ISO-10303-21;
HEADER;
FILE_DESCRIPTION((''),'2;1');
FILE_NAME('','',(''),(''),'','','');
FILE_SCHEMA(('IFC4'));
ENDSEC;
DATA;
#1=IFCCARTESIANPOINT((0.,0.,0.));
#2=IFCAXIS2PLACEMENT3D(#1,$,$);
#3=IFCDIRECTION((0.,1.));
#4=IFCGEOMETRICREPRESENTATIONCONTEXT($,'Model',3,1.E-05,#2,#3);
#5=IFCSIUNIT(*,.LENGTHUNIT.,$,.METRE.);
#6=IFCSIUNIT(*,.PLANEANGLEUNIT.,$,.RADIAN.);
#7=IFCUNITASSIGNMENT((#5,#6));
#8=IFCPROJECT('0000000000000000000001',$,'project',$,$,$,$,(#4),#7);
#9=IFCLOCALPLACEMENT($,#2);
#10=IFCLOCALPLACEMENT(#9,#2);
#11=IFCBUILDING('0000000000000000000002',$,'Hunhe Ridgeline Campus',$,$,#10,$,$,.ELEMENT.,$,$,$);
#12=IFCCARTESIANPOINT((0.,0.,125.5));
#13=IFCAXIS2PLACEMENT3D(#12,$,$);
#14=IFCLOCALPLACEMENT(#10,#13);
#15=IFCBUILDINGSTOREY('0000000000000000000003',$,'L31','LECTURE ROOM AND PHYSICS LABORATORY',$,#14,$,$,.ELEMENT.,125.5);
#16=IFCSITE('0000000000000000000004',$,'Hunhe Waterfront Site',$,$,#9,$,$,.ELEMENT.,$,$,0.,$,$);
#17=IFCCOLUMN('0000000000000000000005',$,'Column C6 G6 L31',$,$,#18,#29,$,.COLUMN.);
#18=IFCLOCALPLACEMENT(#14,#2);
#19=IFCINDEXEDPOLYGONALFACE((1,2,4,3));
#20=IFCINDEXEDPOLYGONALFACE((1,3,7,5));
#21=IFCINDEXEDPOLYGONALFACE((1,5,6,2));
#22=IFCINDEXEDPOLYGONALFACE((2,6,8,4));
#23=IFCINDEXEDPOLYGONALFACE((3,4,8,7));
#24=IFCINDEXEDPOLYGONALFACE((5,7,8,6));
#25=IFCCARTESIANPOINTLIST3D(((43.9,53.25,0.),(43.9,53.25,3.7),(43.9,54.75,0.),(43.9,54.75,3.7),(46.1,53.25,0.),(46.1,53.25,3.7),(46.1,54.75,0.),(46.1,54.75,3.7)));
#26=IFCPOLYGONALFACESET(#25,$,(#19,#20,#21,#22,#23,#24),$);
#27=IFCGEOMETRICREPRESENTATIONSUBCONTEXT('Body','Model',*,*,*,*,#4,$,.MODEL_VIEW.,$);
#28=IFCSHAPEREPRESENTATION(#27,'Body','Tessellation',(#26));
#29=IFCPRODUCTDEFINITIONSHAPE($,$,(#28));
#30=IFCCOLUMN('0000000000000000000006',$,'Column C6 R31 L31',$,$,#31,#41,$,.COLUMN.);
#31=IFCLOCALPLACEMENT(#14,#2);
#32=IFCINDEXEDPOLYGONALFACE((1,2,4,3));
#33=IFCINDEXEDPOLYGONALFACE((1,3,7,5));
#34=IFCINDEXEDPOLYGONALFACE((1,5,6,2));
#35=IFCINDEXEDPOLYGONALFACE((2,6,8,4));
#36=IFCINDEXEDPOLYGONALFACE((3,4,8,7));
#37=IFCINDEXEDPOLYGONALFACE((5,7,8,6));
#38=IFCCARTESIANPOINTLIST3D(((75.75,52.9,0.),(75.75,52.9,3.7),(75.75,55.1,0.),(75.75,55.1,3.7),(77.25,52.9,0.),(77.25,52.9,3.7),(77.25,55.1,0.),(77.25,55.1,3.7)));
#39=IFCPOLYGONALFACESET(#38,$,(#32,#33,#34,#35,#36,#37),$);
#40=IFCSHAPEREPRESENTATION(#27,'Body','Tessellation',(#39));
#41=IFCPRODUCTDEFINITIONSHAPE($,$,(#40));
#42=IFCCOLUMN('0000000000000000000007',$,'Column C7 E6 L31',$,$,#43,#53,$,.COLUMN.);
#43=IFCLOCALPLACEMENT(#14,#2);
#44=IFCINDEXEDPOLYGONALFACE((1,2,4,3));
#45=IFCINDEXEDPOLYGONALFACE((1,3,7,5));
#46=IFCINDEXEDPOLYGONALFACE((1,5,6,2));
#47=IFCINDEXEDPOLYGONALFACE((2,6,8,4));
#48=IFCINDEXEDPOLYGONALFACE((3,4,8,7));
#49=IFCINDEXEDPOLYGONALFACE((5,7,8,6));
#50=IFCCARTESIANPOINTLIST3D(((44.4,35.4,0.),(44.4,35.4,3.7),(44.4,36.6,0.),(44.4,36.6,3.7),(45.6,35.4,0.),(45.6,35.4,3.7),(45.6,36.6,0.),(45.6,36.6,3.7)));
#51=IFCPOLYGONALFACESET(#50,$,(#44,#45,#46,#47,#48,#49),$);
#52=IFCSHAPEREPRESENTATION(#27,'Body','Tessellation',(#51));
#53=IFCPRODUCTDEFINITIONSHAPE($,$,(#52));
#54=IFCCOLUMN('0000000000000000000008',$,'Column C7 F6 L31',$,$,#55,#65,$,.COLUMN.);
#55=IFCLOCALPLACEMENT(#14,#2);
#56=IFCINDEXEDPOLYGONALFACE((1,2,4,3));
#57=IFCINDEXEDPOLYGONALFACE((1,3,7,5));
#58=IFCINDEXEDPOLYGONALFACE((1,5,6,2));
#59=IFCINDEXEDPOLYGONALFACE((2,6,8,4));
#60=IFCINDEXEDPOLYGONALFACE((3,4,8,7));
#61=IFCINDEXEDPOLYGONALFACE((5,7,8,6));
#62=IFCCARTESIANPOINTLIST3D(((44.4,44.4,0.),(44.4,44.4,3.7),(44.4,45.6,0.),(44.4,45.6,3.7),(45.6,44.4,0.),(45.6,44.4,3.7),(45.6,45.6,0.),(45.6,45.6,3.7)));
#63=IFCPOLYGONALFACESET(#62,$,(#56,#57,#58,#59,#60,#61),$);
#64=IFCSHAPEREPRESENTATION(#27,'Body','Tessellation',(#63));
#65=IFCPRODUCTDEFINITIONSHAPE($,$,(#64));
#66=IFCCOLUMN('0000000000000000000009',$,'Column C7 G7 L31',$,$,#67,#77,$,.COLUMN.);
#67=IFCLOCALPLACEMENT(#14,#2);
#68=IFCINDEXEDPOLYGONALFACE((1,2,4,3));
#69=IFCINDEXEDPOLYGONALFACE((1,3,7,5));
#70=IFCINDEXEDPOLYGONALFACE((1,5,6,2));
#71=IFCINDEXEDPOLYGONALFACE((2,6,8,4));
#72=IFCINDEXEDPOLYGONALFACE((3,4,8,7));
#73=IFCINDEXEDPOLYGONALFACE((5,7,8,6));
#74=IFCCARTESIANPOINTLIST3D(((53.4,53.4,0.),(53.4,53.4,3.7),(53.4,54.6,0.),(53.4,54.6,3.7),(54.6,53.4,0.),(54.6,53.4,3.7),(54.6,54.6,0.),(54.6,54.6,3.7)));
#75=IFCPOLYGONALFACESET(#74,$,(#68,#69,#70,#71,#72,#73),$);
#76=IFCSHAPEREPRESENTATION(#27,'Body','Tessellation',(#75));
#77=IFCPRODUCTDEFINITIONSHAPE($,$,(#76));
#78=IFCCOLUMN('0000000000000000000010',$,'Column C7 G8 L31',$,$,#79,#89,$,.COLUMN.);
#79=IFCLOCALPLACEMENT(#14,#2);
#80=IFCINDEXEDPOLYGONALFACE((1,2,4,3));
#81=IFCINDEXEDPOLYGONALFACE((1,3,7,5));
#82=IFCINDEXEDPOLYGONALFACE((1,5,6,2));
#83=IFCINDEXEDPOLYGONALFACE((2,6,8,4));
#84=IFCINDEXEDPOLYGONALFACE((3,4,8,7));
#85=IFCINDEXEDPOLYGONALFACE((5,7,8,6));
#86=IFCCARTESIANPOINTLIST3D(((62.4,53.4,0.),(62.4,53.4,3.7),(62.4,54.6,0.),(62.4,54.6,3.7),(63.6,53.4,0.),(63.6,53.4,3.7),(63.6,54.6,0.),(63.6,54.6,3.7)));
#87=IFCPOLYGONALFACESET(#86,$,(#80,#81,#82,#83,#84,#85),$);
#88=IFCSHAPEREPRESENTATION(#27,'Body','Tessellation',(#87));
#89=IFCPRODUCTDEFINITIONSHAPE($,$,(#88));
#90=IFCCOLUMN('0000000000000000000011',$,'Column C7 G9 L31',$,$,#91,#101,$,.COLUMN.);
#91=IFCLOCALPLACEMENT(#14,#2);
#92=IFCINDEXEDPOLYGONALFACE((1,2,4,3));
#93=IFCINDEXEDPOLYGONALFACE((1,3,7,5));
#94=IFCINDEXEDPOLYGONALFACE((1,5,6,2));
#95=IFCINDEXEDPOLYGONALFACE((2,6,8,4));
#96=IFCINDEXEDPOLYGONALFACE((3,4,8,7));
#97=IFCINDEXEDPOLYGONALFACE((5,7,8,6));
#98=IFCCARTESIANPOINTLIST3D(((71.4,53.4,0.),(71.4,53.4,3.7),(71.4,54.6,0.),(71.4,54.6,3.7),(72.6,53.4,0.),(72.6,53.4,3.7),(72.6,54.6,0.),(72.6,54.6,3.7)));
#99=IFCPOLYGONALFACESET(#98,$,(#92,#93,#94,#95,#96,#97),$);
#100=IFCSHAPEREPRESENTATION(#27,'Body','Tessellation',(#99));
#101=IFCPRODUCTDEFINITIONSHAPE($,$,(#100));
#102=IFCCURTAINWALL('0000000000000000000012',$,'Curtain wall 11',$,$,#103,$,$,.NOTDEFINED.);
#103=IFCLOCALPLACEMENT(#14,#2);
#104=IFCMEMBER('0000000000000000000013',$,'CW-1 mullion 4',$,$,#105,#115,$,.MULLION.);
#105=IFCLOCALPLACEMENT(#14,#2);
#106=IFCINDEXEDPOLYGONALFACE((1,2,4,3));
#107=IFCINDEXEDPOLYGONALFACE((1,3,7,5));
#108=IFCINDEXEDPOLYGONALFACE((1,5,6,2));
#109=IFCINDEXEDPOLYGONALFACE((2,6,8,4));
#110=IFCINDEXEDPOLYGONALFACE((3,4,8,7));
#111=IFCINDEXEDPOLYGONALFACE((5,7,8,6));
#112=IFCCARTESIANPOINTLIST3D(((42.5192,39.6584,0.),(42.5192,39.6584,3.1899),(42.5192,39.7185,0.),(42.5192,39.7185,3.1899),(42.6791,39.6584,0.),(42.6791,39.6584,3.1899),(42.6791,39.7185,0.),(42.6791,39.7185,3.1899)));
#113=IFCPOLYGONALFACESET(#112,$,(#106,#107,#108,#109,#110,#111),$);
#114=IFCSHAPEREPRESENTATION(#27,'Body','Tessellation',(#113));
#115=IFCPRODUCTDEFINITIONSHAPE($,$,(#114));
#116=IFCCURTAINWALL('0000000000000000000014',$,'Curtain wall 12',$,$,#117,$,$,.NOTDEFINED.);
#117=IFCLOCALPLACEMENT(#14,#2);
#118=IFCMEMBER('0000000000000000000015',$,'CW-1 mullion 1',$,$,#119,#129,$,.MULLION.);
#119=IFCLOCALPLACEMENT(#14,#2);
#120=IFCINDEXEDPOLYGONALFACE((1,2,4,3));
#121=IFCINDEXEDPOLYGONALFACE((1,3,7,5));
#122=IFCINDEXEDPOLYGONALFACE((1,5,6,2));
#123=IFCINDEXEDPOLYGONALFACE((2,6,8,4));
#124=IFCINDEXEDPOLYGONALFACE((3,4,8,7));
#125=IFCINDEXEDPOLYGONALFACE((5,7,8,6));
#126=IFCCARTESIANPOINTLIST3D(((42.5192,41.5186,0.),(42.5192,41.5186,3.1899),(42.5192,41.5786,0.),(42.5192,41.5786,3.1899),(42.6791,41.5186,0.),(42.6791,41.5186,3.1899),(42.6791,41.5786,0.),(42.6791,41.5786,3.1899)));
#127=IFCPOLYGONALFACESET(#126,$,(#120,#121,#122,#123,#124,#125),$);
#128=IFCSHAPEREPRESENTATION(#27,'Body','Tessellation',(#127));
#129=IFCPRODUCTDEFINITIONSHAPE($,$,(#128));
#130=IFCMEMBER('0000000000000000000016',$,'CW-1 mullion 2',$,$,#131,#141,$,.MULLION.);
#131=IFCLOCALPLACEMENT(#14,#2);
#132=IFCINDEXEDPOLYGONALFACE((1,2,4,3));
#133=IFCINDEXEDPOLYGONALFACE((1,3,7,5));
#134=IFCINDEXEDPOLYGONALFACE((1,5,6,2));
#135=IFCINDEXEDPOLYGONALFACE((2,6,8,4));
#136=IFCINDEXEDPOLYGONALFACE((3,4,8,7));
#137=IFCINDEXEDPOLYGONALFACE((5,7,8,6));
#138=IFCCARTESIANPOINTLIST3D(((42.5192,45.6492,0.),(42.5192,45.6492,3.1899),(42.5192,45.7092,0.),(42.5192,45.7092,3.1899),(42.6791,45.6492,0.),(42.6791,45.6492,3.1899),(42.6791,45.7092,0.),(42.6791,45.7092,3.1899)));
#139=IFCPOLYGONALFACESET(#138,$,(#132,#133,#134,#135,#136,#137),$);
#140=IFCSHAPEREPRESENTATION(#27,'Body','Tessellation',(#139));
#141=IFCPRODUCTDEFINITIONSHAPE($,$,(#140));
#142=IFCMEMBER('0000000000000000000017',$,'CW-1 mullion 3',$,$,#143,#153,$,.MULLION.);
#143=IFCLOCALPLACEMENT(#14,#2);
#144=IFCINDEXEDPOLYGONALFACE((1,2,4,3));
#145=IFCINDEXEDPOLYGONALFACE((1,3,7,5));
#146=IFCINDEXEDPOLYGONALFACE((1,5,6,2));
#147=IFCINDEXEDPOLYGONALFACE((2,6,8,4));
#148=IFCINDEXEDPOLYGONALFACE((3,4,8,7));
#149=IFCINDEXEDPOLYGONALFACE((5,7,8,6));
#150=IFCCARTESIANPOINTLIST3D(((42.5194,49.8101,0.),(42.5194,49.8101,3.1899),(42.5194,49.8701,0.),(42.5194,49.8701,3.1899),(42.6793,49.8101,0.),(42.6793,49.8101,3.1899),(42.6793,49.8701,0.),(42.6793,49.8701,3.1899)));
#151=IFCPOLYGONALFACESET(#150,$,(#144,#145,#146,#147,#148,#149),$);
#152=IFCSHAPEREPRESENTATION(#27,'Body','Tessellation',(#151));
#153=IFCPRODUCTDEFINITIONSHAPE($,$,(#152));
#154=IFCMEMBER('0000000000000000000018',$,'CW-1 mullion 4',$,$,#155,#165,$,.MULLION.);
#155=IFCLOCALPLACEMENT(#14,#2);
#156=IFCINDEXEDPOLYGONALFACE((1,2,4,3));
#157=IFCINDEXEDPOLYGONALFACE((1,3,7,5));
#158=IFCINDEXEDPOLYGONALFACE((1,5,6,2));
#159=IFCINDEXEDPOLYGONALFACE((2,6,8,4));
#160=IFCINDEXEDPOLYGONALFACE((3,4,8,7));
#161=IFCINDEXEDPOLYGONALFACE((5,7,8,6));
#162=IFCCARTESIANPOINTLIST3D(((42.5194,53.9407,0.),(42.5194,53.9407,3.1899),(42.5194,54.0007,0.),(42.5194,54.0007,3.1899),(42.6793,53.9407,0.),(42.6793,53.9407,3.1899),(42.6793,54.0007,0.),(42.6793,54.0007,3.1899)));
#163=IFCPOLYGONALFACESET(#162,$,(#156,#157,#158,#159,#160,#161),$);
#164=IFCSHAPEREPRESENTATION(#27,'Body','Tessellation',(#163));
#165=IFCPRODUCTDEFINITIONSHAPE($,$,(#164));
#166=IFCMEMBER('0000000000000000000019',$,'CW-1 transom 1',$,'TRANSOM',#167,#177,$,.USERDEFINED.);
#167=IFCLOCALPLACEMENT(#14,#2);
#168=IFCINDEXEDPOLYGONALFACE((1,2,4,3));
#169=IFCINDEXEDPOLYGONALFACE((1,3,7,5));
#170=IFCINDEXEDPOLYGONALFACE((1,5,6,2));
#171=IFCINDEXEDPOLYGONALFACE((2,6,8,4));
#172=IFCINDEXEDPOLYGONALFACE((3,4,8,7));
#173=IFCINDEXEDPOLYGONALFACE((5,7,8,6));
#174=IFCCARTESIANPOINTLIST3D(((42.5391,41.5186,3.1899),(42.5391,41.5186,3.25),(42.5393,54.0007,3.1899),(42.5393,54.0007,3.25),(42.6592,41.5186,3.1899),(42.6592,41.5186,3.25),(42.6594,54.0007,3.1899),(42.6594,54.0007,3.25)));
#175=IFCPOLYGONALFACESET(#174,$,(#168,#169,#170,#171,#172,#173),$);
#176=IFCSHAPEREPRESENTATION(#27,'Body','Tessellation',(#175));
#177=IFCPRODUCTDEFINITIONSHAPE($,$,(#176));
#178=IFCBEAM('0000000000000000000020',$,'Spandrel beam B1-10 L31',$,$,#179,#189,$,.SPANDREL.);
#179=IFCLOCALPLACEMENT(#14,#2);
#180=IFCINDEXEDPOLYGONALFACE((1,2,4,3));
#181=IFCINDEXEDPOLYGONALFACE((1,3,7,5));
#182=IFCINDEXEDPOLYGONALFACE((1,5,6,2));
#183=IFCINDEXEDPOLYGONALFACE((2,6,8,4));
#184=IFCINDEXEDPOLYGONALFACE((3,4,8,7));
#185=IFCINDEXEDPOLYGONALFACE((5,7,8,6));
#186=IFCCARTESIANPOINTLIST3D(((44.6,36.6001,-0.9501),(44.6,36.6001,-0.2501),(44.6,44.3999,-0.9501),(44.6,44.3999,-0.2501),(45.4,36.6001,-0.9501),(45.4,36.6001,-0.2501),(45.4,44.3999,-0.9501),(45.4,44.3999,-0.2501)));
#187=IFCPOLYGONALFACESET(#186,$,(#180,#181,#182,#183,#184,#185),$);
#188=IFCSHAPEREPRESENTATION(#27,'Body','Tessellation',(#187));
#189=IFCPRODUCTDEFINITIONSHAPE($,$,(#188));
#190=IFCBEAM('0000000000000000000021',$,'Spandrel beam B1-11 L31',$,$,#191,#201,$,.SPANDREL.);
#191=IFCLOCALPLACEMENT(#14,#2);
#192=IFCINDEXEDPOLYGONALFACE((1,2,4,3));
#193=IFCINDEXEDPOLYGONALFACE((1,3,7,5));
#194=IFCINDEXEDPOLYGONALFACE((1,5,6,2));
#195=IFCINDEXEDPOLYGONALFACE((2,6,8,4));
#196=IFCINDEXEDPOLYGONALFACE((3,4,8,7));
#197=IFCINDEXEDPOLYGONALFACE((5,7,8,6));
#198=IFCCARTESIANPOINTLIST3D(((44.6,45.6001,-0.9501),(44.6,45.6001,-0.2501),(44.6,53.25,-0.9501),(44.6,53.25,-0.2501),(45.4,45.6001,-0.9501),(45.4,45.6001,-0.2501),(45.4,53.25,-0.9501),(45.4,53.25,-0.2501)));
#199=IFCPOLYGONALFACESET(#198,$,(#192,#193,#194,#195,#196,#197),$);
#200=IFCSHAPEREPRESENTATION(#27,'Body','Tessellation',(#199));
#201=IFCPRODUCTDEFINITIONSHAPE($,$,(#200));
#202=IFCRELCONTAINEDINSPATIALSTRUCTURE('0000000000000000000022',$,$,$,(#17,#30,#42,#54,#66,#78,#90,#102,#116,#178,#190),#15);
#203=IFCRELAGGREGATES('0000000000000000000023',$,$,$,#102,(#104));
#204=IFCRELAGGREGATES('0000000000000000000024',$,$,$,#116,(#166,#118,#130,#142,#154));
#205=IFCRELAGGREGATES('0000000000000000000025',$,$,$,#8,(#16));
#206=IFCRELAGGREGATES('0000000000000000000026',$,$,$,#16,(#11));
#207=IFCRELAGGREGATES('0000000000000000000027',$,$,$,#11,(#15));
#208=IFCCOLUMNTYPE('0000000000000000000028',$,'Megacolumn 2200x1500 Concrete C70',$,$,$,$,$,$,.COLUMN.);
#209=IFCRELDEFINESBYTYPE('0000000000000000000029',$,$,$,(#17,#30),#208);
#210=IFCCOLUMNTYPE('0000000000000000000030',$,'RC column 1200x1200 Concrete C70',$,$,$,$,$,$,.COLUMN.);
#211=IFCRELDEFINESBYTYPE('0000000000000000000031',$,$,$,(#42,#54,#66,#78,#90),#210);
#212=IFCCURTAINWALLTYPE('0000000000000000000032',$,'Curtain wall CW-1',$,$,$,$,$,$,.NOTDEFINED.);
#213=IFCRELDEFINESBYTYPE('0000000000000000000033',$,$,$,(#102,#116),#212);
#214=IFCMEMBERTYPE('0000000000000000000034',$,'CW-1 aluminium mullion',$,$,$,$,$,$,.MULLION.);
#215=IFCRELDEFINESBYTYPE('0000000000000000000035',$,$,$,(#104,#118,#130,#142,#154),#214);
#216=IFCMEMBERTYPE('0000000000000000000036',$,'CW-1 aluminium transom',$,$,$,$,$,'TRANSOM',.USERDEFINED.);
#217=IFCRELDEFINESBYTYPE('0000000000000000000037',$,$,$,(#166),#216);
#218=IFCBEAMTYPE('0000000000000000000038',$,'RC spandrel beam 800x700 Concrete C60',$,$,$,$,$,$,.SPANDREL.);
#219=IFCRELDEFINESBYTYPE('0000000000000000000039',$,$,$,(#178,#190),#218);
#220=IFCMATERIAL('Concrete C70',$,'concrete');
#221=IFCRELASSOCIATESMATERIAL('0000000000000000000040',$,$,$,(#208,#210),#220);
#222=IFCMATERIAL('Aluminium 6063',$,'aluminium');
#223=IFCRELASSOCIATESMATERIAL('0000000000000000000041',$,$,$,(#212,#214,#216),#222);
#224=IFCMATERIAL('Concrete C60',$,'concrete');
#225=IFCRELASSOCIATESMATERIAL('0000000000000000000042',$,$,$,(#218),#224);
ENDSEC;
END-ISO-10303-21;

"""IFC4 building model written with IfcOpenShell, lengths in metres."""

from ifc_helpers import new_model, si_unit, direction, frame, origin, origin_2d, place, context, subcontext, project, spatial, rectangle, extrude, material, material_profile, profile_set, type_object, element, aggregate, save


model = new_model("IFC4")

# Units and contexts
model_context = context("Model", 3, precision=1e-05, world=origin(), true_north=direction((0.0, 1.0)))
body_context = subcontext(model_context, "Body", "Model", "MODEL_VIEW")
ifc_project = project(units=[si_unit("LENGTHUNIT", "METRE"), si_unit("PLANEANGLEUNIT", "RADIAN")], contexts=[model_context])

# Site, building, storey
site_placement = place(None, origin())
site = spatial("IfcSite", under=ifc_project, at=site_placement, Name="Hunhe Waterfront Site", CompositionType="ELEMENT", RefElevation=0.0)
building_placement = place(site_placement, origin())
building = spatial("IfcBuilding", under=site, at=building_placement, Name="Hunhe Ridgeline Campus", CompositionType="ELEMENT")
storey_placement = place(building_placement, frame((0.0, 0.0, 125.5)))
storey = spatial("IfcBuildingStorey", under=building, at=storey_placement, Name="L31", Description="LECTURE ROOM AND PHYSICS LABORATORY", CompositionType="ELEMENT", Elevation=125.5)

# Columns
ifc_material_1 = material(Name="Concrete C70", Category="concrete")
ifc_material_profile_1 = material_profile(ifc_material_1, rectangle(XDim=2.2, YDim=1.5, at=origin_2d()))
ifc_profile_set_1 = profile_set([ifc_material_profile_1], Name="Concrete C70")
column_type_1 = type_object("IfcColumnType", Name="Megacolumn 2200x1500 Concrete C70", PredefinedType="COLUMN", material=ifc_profile_set_1)
for number, where, z_axis, x_axis, name in (
    (1, (45.0, 54.0, 0.0), (0.0, 0.0, 1.0), (1.0, 0.0, 0.0), "Column C6 G6 L31"),
    (2, (76.5, 54.0, 0.0), (0.0, 0.0, 1.0), (0.0, 1.0, 0.0), "Column C6 R31 L31"),
):
    element("IfcColumn", number, at=place(storey_placement, frame(where, z_axis=z_axis, x_axis=x_axis)), inside=storey, type_object=column_type_1, Name=name, PredefinedType="COLUMN", context=body_context, shape_type="SweptSolid", body=[
        extrude(rectangle(XDim=2.2, YDim=1.5, at=origin_2d()), origin(), (0.0, 0.0, 1.0), 3.7),
    ])
ifc_material_profile_2 = material_profile(ifc_material_1, rectangle(XDim=1.2, YDim=1.2, at=origin_2d()))
ifc_profile_set_2 = profile_set([ifc_material_profile_2], Name="Concrete C70")
column_type_2 = type_object("IfcColumnType", Name="RC column 1200x1200 Concrete C70", PredefinedType="COLUMN", material=ifc_profile_set_2)
for number, where, z_axis, x_axis, name in (
    (3, (45.0, 36.0, 0.0), (0.0, 0.0, 1.0), (1.0, 0.0, 0.0), "Column C7 E6 L31"),
    (4, (45.0, 45.0, 0.0), (0.0, 0.0, 1.0), (1.0, 0.0, 0.0), "Column C7 F6 L31"),
    (5, (54.0, 54.0, 0.0), (0.0, 0.0, 1.0), (1.0, 0.0, 0.0), "Column C7 G7 L31"),
    (6, (63.0, 54.0, 0.0), (0.0, 0.0, 1.0), (1.0, 0.0, 0.0), "Column C7 G8 L31"),
    (7, (72.0, 54.0, 0.0), (0.0, 0.0, 1.0), (1.0, 0.0, 0.0), "Column C7 G9 L31"),
):
    element("IfcColumn", number, at=place(storey_placement, frame(where, z_axis=z_axis, x_axis=x_axis)), inside=storey, type_object=column_type_2, Name=name, PredefinedType="COLUMN", context=body_context, shape_type="SweptSolid", body=[
        extrude(rectangle(XDim=1.2, YDim=1.2, at=origin_2d()), origin(), (0.0, 0.0, 1.0), 3.7),
    ])

# Curtain wall, member
ifc_material_2 = material(Name="Aluminium 6063", Category="aluminium")
curtain_wall_type = type_object("IfcCurtainWallType", Name="Curtain wall CW-1", PredefinedType="NOTDEFINED", material=ifc_material_2)
curtain_wall_1_placement = place(storey_placement, origin())
curtain_wall_1 = element("IfcCurtainWall", 8, at=curtain_wall_1_placement, inside=storey, type_object=curtain_wall_type, Name="Curtain wall 11", PredefinedType="NOTDEFINED")
ifc_material_profile_3 = material_profile(ifc_material_2, rectangle(XDim=0.1599, YDim=0.0601, at=origin_2d()))
ifc_profile_set_3 = profile_set([ifc_material_profile_3], Name="Aluminium 6063")
member_type_1 = type_object("IfcMemberType", Name="CW-1 aluminium mullion", PredefinedType="MULLION", material=ifc_profile_set_3)
member_1_placement = place(storey_placement, frame((42.5991, 39.6885, 0.0), z_axis=(0.0, 0.0, 1.0), x_axis=(-1.0, 0.000011, 0.0)))
member_1 = element("IfcMember", 9, at=member_1_placement, type_object=member_type_1, Name="CW-1 mullion 4", PredefinedType="MULLION", context=body_context, shape_type="SweptSolid", body=[
    extrude(rectangle(XDim=0.1599, YDim=0.0601, at=origin_2d()), origin(), (0.0, 0.0, 1.0), 3.1899),
])

# Curtain wall, members
curtain_wall_2_placement = place(storey_placement, origin())
curtain_wall_2 = element("IfcCurtainWall", 10, at=curtain_wall_2_placement, inside=storey, type_object=curtain_wall_type, Name="Curtain wall 12", PredefinedType="NOTDEFINED")
member_2_placement = place(storey_placement, frame((42.5991, 41.5486, 0.0), z_axis=(0.0, 0.0, 1.0), x_axis=(-1.0, 0.000011, 0.0)))
member_2 = element("IfcMember", 11, at=member_2_placement, type_object=member_type_1, Name="CW-1 mullion 1", PredefinedType="MULLION", context=body_context, shape_type="SweptSolid", body=[
    extrude(rectangle(XDim=0.1599, YDim=0.0601, at=origin_2d()), origin(), (0.0, 0.0, 1.0), 3.1899),
])
member_3_placement = place(storey_placement, frame((42.5991, 45.6792, 0.0), z_axis=(0.0, 0.0, 1.0), x_axis=(-1.0, 0.000011, 0.0)))
member_3 = element("IfcMember", 12, at=member_3_placement, type_object=member_type_1, Name="CW-1 mullion 2", PredefinedType="MULLION", context=body_context, shape_type="SweptSolid", body=[
    extrude(rectangle(XDim=0.1599, YDim=0.0601, at=origin_2d()), origin(), (0.0, 0.0, 1.0), 3.1899),
])
member_4_placement = place(storey_placement, frame((42.5994, 49.8401, 0.0), z_axis=(0.0, 0.0, 1.0), x_axis=(-1.0, 0.000011, 0.0)))
member_4 = element("IfcMember", 13, at=member_4_placement, type_object=member_type_1, Name="CW-1 mullion 3", PredefinedType="MULLION", context=body_context, shape_type="SweptSolid", body=[
    extrude(rectangle(XDim=0.1599, YDim=0.0601, at=origin_2d()), origin(), (0.0, 0.0, 1.0), 3.1899),
])
member_5_placement = place(storey_placement, frame((42.5994, 53.9707, 0.0), z_axis=(0.0, 0.0, 1.0), x_axis=(-1.0, 0.000011, 0.0)))
member_5 = element("IfcMember", 14, at=member_5_placement, type_object=member_type_1, Name="CW-1 mullion 4", PredefinedType="MULLION", context=body_context, shape_type="SweptSolid", body=[
    extrude(rectangle(XDim=0.1599, YDim=0.0601, at=origin_2d()), origin(), (0.0, 0.0, 1.0), 3.1899),
])
ifc_material_profile_4 = material_profile(ifc_material_2, rectangle(XDim=0.1201, YDim=0.0601, at=origin_2d()))
ifc_profile_set_4 = profile_set([ifc_material_profile_4], Name="Aluminium 6063")
member_type_2 = type_object("IfcMemberType", Name="CW-1 aluminium transom", ElementType="TRANSOM", PredefinedType="USERDEFINED", material=ifc_profile_set_4)
member_6_placement = place(storey_placement, frame((42.5991, 41.5186, 3.22), z_axis=(0.00002, 1.0, 0.0), x_axis=(-1.0, 0.00002, 0.0)))
member_6 = element("IfcMember", 15, at=member_6_placement, type_object=member_type_2, Name="CW-1 transom 1", ObjectType="TRANSOM", PredefinedType="USERDEFINED", context=body_context, shape_type="SweptSolid", body=[
    extrude(rectangle(XDim=0.1201, YDim=0.0601, at=origin_2d()), origin(), (0.0, 0.0, 1.0), 12.4822),
])

# Beams
ifc_material_3 = material(Name="Concrete C60", Category="concrete")
ifc_material_profile_5 = material_profile(ifc_material_3, rectangle(XDim=0.8, YDim=0.7, at=origin_2d()))
ifc_profile_set_5 = profile_set([ifc_material_profile_5], Name="Concrete C60")
beam_type = type_object("IfcBeamType", Name="RC spandrel beam 800x700 Concrete C60", PredefinedType="SPANDREL", material=ifc_profile_set_5)
beam_1_placement = place(storey_placement, frame((45.0, 36.6001, -0.6001), z_axis=(0.0, 1.0, 0.0), x_axis=(-1.0, 0.0, 0.0)))
element("IfcBeam", 16, at=beam_1_placement, inside=storey, type_object=beam_type, Name="Spandrel beam B1-10 L31", PredefinedType="SPANDREL", context=body_context, shape_type="SweptSolid", body=[
    extrude(rectangle(XDim=0.8, YDim=0.7, at=origin_2d()), origin(), (0.0, 0.0, 1.0), 7.7998),
])
beam_2_placement = place(storey_placement, frame((45.0, 45.6001, -0.6001), z_axis=(0.0, 1.0, 0.0), x_axis=(-1.0, 0.0, 0.0)))
element("IfcBeam", 17, at=beam_2_placement, inside=storey, type_object=beam_type, Name="Spandrel beam B1-11 L31", PredefinedType="SPANDREL", context=body_context, shape_type="SweptSolid", body=[
    extrude(rectangle(XDim=0.8, YDim=0.7, at=origin_2d()), origin(), (0.0, 0.0, 1.0), 7.6499),
])

aggregate(curtain_wall_1, [member_1])
aggregate(curtain_wall_2, [member_6, member_2, member_3, member_4, member_5])

save(model, "model.ifc")
